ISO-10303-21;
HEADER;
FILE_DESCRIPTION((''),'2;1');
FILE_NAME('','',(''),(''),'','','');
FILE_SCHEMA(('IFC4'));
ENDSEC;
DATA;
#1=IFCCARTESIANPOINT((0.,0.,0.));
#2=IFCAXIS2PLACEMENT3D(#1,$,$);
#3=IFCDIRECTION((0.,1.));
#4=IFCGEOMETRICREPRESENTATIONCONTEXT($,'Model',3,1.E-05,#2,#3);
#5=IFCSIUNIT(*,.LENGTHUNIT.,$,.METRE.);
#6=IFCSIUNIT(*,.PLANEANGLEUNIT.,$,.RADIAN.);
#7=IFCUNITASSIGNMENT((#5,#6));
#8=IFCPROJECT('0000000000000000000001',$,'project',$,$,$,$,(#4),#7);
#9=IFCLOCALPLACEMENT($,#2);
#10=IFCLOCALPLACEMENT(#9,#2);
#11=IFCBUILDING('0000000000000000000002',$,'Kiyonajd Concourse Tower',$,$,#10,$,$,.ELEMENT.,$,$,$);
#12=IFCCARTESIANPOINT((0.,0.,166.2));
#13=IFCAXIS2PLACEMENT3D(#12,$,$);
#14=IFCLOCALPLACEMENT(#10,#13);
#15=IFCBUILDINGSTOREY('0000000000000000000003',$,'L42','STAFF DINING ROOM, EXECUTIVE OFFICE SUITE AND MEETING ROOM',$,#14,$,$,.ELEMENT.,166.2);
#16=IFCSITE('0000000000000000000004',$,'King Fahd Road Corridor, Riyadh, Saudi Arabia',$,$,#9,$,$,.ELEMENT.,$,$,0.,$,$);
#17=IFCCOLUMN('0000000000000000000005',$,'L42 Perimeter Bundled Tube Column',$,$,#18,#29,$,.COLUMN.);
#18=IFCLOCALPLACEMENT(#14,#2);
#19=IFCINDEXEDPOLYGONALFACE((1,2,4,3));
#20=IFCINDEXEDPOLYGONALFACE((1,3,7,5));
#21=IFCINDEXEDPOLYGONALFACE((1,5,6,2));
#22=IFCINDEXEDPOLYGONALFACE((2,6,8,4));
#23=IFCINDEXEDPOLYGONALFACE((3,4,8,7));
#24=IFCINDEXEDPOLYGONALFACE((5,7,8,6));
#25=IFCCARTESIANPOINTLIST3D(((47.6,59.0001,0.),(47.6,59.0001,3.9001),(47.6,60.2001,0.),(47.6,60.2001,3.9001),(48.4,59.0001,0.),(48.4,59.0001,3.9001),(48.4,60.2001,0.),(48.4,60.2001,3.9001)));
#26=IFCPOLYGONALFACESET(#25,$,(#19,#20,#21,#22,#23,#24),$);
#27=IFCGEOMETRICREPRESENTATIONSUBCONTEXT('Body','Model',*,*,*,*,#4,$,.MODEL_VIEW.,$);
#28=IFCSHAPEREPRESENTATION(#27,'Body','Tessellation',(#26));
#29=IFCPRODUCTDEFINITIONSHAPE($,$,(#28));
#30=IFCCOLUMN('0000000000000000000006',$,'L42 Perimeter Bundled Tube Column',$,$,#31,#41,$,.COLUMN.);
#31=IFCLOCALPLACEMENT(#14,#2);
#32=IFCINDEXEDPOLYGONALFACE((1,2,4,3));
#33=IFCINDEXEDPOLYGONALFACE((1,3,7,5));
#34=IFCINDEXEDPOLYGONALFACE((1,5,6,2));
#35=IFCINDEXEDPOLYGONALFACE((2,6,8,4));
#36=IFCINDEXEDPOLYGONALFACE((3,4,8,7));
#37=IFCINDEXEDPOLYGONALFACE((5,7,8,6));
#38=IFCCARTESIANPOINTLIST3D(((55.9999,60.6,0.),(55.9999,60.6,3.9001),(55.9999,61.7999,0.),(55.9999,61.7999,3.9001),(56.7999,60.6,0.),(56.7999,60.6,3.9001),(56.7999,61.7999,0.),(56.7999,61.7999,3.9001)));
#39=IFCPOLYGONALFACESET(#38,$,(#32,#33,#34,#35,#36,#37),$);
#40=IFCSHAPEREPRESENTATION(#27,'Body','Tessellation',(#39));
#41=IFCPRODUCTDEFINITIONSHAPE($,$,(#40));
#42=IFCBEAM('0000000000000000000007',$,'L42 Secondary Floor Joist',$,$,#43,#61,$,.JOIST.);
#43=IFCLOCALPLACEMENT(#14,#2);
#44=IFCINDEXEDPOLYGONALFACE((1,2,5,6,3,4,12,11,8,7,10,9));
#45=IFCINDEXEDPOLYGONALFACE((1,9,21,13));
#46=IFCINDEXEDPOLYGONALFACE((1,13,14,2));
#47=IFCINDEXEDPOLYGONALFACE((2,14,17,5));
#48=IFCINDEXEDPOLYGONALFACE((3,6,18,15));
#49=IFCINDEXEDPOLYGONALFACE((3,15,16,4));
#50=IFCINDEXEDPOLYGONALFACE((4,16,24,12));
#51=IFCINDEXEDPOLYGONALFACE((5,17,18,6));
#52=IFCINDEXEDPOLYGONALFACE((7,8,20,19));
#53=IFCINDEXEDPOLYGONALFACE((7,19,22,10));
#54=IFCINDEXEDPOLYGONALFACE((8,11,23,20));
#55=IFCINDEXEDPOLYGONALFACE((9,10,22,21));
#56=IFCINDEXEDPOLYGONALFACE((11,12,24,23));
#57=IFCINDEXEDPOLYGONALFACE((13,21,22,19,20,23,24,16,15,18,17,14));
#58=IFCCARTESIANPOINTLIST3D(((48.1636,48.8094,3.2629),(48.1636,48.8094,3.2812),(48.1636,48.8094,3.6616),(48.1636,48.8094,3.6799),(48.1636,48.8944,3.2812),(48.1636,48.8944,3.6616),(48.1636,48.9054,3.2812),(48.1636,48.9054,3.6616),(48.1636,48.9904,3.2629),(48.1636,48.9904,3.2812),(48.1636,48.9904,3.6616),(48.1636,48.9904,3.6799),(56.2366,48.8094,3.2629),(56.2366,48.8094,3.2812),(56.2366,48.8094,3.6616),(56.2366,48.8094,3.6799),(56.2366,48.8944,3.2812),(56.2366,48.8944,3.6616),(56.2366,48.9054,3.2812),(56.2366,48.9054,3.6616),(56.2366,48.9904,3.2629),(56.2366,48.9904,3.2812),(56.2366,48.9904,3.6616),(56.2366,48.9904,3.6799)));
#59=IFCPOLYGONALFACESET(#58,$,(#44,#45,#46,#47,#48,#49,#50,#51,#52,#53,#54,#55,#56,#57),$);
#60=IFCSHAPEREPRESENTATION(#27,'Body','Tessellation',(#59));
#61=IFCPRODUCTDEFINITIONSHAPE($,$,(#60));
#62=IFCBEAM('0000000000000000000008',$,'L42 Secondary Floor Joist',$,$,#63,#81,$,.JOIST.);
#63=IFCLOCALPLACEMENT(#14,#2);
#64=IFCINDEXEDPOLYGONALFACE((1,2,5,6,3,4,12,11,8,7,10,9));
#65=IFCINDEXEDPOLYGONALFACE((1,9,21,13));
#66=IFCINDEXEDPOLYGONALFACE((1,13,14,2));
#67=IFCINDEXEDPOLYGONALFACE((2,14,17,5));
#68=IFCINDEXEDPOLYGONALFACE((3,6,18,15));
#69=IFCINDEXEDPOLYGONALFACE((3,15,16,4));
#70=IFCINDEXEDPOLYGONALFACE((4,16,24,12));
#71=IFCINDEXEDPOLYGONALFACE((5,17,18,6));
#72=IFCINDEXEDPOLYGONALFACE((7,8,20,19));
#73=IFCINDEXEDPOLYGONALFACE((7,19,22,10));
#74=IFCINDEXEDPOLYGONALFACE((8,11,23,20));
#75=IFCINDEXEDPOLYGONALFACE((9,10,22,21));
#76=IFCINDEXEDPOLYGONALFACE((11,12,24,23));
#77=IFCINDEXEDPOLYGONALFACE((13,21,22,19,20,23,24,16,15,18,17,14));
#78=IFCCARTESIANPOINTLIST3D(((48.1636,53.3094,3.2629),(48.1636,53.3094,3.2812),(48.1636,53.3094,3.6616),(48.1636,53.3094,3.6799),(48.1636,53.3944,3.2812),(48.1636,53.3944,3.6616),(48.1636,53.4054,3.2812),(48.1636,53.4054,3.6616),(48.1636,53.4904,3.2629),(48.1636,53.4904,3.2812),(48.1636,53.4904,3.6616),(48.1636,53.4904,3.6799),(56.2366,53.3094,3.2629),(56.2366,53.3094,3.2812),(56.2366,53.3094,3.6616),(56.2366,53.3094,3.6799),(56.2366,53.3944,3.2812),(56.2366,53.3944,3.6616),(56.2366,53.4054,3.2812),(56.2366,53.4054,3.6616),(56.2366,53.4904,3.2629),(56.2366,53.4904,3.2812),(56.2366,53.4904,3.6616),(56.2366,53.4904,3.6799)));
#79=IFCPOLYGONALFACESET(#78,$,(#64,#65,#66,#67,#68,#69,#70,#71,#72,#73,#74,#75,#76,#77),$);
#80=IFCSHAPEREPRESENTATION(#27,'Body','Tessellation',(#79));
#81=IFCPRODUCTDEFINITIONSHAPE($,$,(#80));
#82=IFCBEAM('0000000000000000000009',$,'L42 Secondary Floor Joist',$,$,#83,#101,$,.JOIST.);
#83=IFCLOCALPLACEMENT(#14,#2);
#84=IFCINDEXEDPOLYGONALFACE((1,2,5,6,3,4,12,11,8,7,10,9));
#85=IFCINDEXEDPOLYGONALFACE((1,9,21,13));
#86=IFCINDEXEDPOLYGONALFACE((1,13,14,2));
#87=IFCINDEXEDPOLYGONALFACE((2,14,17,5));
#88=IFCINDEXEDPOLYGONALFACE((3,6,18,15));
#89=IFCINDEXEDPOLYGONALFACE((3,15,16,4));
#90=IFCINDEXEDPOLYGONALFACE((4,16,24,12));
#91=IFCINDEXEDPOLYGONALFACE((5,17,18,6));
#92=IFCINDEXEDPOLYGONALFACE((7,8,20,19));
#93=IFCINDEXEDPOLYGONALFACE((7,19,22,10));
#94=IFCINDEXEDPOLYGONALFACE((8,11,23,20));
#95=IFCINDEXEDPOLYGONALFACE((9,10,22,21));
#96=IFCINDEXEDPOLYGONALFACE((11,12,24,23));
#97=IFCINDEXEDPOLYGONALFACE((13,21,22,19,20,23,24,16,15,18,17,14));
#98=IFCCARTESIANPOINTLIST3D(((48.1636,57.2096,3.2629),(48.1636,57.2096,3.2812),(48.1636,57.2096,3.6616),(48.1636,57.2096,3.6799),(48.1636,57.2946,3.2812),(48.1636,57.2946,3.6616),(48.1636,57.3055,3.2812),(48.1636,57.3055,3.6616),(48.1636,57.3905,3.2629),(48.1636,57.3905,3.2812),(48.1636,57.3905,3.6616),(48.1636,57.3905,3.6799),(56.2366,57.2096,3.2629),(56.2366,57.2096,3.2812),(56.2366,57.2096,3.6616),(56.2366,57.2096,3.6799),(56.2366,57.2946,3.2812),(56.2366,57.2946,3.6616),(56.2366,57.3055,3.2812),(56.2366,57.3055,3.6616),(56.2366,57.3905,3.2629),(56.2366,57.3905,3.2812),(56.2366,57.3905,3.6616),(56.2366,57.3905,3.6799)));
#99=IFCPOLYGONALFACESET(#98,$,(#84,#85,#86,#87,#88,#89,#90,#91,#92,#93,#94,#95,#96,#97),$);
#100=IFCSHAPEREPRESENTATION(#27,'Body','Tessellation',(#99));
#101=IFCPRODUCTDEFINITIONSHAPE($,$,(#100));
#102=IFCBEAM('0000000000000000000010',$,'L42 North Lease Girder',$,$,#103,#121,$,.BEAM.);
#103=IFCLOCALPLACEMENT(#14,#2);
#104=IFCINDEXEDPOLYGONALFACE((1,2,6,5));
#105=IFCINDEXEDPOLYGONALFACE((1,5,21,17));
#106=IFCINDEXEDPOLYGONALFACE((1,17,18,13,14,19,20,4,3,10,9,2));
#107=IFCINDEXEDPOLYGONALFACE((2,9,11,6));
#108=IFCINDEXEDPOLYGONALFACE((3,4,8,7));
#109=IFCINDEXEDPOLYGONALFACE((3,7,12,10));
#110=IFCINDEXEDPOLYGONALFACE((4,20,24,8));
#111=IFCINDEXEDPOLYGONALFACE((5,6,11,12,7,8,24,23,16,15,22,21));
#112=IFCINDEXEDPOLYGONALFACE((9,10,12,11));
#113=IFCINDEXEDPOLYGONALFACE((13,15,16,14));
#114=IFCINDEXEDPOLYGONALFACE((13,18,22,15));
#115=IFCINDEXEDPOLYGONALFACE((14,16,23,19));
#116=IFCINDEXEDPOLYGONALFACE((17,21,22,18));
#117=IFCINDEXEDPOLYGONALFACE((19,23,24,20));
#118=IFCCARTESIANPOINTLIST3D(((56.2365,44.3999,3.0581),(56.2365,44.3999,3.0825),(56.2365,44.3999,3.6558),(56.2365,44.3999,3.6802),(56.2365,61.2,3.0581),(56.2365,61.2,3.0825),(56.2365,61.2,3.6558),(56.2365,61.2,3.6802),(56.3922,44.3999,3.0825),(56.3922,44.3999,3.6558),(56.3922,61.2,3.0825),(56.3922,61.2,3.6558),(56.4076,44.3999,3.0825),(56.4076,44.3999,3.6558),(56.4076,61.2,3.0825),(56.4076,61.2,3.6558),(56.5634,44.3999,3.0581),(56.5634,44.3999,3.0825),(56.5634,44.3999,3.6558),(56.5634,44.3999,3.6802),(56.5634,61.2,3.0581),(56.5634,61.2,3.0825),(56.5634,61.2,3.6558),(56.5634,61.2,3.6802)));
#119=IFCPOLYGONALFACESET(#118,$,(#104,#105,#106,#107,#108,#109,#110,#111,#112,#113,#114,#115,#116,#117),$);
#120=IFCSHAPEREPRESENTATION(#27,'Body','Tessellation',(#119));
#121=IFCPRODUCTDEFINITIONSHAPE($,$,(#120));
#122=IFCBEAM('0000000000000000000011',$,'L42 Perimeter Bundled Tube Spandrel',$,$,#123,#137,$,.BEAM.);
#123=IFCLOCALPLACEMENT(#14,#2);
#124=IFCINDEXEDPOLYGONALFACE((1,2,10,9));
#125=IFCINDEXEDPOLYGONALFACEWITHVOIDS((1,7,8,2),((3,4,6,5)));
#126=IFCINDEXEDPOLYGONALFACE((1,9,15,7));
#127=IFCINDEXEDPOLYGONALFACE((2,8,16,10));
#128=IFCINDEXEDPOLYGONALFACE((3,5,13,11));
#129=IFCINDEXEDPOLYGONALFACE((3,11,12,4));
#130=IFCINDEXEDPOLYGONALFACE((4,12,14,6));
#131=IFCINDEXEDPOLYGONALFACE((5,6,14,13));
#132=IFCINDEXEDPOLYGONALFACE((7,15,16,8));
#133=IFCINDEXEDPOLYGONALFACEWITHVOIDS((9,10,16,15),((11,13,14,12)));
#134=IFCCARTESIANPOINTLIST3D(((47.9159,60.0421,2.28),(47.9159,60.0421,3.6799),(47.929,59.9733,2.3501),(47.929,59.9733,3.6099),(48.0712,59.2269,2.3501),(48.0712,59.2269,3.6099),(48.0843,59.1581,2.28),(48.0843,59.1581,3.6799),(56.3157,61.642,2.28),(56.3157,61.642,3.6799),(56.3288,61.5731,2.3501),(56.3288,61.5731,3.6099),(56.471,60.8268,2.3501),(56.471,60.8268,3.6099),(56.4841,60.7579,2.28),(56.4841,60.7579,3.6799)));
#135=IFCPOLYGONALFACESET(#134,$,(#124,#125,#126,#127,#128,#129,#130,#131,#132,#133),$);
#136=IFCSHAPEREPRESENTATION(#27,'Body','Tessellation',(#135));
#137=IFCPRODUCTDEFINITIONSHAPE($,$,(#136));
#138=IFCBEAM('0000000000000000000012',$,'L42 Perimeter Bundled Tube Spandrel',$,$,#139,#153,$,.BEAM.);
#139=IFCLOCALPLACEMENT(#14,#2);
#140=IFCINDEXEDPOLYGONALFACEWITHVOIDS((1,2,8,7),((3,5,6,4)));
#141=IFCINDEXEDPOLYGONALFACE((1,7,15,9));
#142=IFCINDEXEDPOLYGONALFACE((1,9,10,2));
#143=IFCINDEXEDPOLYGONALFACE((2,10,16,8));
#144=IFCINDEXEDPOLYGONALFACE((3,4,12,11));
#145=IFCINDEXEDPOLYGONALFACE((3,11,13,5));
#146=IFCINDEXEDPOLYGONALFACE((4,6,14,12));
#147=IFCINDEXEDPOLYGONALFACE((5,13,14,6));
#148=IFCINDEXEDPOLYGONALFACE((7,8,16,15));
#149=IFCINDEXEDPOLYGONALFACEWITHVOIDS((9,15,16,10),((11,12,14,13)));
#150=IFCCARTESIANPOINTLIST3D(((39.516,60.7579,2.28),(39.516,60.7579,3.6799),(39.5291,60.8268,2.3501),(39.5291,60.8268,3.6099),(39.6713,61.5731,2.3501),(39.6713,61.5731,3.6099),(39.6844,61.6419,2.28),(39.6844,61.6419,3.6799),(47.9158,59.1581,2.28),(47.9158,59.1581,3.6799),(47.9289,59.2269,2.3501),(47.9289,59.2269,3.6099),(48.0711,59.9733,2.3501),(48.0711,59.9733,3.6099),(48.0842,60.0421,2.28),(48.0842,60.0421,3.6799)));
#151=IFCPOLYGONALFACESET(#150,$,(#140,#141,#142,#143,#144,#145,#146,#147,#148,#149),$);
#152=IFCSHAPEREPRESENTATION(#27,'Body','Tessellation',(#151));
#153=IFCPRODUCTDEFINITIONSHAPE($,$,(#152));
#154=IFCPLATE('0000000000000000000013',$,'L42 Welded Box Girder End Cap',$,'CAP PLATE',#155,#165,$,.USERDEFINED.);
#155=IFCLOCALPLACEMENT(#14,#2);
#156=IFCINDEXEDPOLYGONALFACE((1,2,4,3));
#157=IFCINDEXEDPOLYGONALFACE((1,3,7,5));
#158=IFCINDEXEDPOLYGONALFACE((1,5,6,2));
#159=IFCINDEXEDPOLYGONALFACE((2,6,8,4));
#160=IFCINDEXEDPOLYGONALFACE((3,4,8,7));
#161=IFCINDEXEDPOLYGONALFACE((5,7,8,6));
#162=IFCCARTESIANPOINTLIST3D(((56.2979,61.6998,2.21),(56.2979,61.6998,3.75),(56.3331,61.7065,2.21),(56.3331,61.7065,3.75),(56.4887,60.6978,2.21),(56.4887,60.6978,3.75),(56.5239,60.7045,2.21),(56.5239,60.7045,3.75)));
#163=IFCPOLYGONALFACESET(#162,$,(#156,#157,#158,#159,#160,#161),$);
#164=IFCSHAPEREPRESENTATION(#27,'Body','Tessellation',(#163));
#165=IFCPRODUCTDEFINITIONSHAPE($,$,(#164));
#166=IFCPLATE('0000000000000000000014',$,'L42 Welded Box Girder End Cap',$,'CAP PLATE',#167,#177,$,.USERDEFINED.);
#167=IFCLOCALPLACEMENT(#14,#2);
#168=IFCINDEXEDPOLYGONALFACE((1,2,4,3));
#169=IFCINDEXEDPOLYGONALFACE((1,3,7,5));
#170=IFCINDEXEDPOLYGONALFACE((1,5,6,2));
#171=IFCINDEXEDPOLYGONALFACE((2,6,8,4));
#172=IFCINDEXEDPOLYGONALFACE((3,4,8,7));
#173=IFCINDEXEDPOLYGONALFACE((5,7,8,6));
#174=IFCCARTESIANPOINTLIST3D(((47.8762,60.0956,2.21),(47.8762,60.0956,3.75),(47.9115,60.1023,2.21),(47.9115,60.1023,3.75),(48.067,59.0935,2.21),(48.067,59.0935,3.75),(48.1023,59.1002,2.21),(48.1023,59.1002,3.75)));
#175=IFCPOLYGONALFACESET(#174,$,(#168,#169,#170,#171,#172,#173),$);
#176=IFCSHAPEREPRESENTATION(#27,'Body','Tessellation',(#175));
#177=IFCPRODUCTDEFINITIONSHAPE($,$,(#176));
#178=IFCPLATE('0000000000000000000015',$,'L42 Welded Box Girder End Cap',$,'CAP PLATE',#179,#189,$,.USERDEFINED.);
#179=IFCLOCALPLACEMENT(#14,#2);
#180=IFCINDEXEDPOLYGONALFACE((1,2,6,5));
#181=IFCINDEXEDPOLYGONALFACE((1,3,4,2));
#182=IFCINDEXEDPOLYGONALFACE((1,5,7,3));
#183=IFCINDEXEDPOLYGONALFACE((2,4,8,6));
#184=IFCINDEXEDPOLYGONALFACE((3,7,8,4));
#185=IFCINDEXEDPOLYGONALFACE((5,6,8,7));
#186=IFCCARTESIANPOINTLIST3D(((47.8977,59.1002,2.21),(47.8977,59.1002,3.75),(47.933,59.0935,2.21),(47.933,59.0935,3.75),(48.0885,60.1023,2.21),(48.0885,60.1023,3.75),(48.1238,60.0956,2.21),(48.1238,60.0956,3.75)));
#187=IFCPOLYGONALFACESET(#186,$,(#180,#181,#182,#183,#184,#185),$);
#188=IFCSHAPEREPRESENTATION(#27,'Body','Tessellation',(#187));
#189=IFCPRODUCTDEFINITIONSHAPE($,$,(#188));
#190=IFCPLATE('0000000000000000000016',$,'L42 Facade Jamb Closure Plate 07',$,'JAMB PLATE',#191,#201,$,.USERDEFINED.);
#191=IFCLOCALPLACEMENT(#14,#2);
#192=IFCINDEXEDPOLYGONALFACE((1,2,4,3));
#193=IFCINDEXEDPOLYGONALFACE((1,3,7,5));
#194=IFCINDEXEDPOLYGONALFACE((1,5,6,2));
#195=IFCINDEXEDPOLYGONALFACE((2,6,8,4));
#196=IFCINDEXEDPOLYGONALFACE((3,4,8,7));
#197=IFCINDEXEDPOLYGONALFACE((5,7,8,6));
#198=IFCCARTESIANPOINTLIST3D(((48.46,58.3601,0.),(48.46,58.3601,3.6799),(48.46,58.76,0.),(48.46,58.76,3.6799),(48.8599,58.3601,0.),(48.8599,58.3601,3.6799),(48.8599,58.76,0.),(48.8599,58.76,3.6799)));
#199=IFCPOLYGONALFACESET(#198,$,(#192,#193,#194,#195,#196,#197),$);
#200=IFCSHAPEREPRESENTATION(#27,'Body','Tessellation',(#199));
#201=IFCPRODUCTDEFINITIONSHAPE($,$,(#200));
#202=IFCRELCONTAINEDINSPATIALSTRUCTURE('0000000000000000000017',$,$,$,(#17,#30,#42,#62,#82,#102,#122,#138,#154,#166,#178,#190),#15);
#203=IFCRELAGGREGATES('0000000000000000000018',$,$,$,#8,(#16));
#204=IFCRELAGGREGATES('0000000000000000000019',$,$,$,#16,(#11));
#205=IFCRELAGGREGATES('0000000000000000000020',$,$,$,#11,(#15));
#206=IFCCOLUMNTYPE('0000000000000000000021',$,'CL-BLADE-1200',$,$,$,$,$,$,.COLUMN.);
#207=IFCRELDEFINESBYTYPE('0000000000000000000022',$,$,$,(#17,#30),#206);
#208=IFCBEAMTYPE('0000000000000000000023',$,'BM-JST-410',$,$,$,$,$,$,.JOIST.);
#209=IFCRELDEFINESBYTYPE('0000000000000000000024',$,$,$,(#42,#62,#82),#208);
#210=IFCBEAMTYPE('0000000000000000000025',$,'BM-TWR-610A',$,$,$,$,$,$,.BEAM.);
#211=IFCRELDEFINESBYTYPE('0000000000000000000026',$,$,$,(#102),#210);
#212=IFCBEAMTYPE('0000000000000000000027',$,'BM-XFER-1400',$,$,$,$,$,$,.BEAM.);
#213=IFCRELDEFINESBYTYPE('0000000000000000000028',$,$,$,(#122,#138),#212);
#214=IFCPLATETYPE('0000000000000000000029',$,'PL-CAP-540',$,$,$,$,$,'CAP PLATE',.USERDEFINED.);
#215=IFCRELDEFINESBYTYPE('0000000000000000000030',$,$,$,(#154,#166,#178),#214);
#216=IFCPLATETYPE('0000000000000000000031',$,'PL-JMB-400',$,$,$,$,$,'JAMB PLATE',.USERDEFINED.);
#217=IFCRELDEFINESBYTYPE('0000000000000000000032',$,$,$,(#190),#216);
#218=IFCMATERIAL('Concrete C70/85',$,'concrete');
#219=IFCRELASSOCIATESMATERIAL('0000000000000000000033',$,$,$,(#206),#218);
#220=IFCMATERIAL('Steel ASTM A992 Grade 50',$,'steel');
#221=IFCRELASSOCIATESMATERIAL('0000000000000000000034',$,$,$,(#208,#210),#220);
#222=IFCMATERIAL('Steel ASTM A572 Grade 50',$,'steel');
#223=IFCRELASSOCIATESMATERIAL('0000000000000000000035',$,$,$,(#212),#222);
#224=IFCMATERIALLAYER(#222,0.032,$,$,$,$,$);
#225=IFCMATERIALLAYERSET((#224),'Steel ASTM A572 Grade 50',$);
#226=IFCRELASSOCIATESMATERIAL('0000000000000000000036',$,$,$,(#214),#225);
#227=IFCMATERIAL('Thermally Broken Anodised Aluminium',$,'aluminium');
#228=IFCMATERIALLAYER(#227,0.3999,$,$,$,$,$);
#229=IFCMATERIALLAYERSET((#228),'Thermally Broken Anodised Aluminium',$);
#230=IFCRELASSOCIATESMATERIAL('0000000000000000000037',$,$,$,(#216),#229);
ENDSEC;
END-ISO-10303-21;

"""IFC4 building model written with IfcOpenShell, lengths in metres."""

from ifc_helpers import new_model, si_unit, direction, frame, origin, origin_2d, place, context, subcontext, project, spatial, rectangle, hollow_rectangle, i_section, extrude, material, layer, layer_set, material_profile, profile_set, type_object, element, save


model = new_model("IFC4")

# Units and contexts
model_context = context("Model", 3, precision=1e-05, world=origin(), true_north=direction((0.0, 1.0)))
body_context = subcontext(model_context, "Body", "Model", "MODEL_VIEW")
ifc_project = project(units=[si_unit("LENGTHUNIT", "METRE"), si_unit("PLANEANGLEUNIT", "RADIAN")], contexts=[model_context])

# Site, building, storey
site_placement = place(None, origin())
site = spatial("IfcSite", under=ifc_project, at=site_placement, Name="King Fahd Road Corridor, Riyadh, Saudi Arabia", CompositionType="ELEMENT", RefElevation=0.0)
building_placement = place(site_placement, origin())
building = spatial("IfcBuilding", under=site, at=building_placement, Name="Kiyonajd Concourse Tower", CompositionType="ELEMENT")
storey_placement = place(building_placement, frame((0.0, 0.0, 166.2)))
storey = spatial("IfcBuildingStorey", under=building, at=storey_placement, Name="L42", Description="STAFF DINING ROOM, EXECUTIVE OFFICE SUITE AND MEETING ROOM", CompositionType="ELEMENT", Elevation=166.2)

# Columns
ifc_material_1 = material(Name="Concrete C70/85", Category="concrete")
ifc_material_profile_1 = material_profile(ifc_material_1, rectangle(XDim=0.8, YDim=1.2, at=origin_2d()), Name="RC-1200x800")
ifc_profile_set_1 = profile_set([ifc_material_profile_1], Name="Concrete C70/85")
column_type = type_object("IfcColumnType", Name="CL-BLADE-1200", PredefinedType="COLUMN", material=ifc_profile_set_1)
for number, where, z_axis, x_axis, name in (
    (1, (48.0, 59.6001, 0.0), (0.0, 0.0, 1.0), (1.0, 0.0, 0.0), "L42 Perimeter Bundled Tube Column"),
    (2, (56.3999, 61.2, 0.0), (0.0, 0.0, 1.0), (1.0, 0.0, 0.0), "L42 Perimeter Bundled Tube Column"),
):
    element("IfcColumn", number, at=place(storey_placement, frame(where, z_axis=z_axis, x_axis=x_axis)), inside=storey, type_object=column_type, Name=name, PredefinedType="COLUMN", context=body_context, shape_type="SweptSolid", body=[
        extrude(rectangle(XDim=0.8, YDim=1.2, at=origin_2d()), origin(), (0.0, 0.0, 1.0), 3.9001),
    ])

# Beams
ifc_material_2 = material(Name="Steel ASTM A992 Grade 50", Category="steel")
ifc_material_profile_2 = material_profile(ifc_material_2, i_section(OverallWidth=0.1809, OverallDepth=0.417, WebThickness=0.011, FlangeThickness=0.0183, at=origin_2d()), Name="W410X85")
ifc_profile_set_2 = profile_set([ifc_material_profile_2], Name="Steel ASTM A992 Grade 50")
beam_type_1 = type_object("IfcBeamType", Name="BM-JST-410", PredefinedType="JOIST", material=ifc_profile_set_2)
for number, where, z_axis, x_axis, name in (
    (3, (48.1636, 48.8999, 3.4714), (1.0, 0.0, 0.0), (0.0, 1.0, 0.0), "L42 Secondary Floor Joist"),
    (4, (48.1636, 53.3999, 3.4714), (1.0, 0.0, 0.0), (0.0, 1.0, 0.0), "L42 Secondary Floor Joist"),
    (5, (48.1636, 57.3, 3.4714), (1.0, 0.0, 0.0), (0.0, 1.0, 0.0), "L42 Secondary Floor Joist"),
):
    element("IfcBeam", number, at=place(storey_placement, frame(where, z_axis=z_axis, x_axis=x_axis)), inside=storey, type_object=beam_type_1, Name=name, PredefinedType="JOIST", context=body_context, shape_type="SweptSolid", body=[
        extrude(i_section(OverallWidth=0.1809, OverallDepth=0.417, WebThickness=0.011, FlangeThickness=0.0183, at=origin_2d()), origin(), (0.0, 0.0, 1.0), 8.073),
    ])
ifc_material_profile_3 = material_profile(ifc_material_2, i_section(OverallWidth=0.3269, OverallDepth=0.6221, WebThickness=0.0154, FlangeThickness=0.0244, at=origin_2d()), Name="W610X195")
ifc_profile_set_3 = profile_set([ifc_material_profile_3], Name="Steel ASTM A992 Grade 50")
beam_type_2 = type_object("IfcBeamType", Name="BM-TWR-610A", PredefinedType="BEAM", material=ifc_profile_set_3)
beam_placement = place(storey_placement, frame((56.3999, 44.3999, 3.3691), z_axis=(0.0, 1.0, 0.0), x_axis=(-1.0, 0.0, 0.0)))
element("IfcBeam", 6, at=beam_placement, inside=storey, type_object=beam_type_2, Name="L42 North Lease Girder", PredefinedType="BEAM", context=body_context, shape_type="SweptSolid", body=[
    extrude(i_section(OverallWidth=0.3269, OverallDepth=0.6221, WebThickness=0.0154, FlangeThickness=0.0244, at=origin_2d()), origin(), (0.0, 0.0, 1.0), 16.8),
])
ifc_material_3 = material(Name="Steel ASTM A572 Grade 50", Category="steel")
ifc_material_profile_4 = material_profile(ifc_material_3, hollow_rectangle(XDim=0.8999, YDim=1.3999, WallThickness=0.0701, at=origin_2d()), Name="BOX-1400x900x70")
ifc_profile_set_4 = profile_set([ifc_material_profile_4], Name="Steel ASTM A572 Grade 50")
beam_type_3 = type_object("IfcBeamType", Name="BM-XFER-1400", PredefinedType="BEAM", material=ifc_profile_set_4)
for number, where, z_axis, x_axis, name in (
    (7, (56.3999, 61.2, 2.98), (-0.982341, -0.187098, 0.0), (0.187098, -0.982341, 0.0), "L42 Perimeter Bundled Tube Spandrel"),
    (8, (48.0, 59.6001, 2.98), (-0.982341, 0.187098, 0.0), (-0.187098, -0.982341, 0.0), "L42 Perimeter Bundled Tube Spandrel"),
):
    element("IfcBeam", number, at=place(storey_placement, frame(where, z_axis=z_axis, x_axis=x_axis)), inside=storey, type_object=beam_type_3, Name=name, PredefinedType="BEAM", context=body_context, shape_type="SweptSolid", body=[
        extrude(hollow_rectangle(XDim=0.8999, YDim=1.3999, WallThickness=0.0701, at=origin_2d()), origin(), (0.0, 0.0, 1.0), 8.5508),
    ])

# Plates
ifc_layer_1 = layer(ifc_material_3, 0.032)
ifc_layer_set_1 = layer_set([ifc_layer_1], Name="Steel ASTM A572 Grade 50")
plate_type_1 = type_object("IfcPlateType", Name="PL-CAP-540", ElementType="CAP PLATE", PredefinedType="USERDEFINED", material=ifc_layer_set_1)
for number, where, z_axis, x_axis, name in (
    (9, (56.4109, 61.2021, 2.21), (0.0, 0.0, 1.0), (0.982353, 0.187038, 0.0), "L42 Welded Box Girder End Cap"),
    (10, (47.9893, 59.5979, 2.21), (0.0, 0.0, 1.0), (-0.982353, -0.187038, 0.0), "L42 Welded Box Girder End Cap"),
    (11, (48.0107, 59.5979, 2.21), (0.0, 0.0, 1.0), (0.982353, -0.187038, 0.0), "L42 Welded Box Girder End Cap"),
):
    element("IfcPlate", number, at=place(storey_placement, frame(where, z_axis=z_axis, x_axis=x_axis)), inside=storey, type_object=plate_type_1, Name=name, ObjectType="CAP PLATE", PredefinedType="USERDEFINED", context=body_context, shape_type="SweptSolid", body=[
        extrude(rectangle(XDim=0.0359, YDim=1.02, at=origin_2d()), origin(), (0.0, 0.0, 1.0), 1.54),
    ])
ifc_material_4 = material(Name="Thermally Broken Anodised Aluminium", Category="aluminium")
ifc_layer_2 = layer(ifc_material_4, 0.3999)
ifc_layer_set_2 = layer_set([ifc_layer_2], Name="Thermally Broken Anodised Aluminium")
plate_type_2 = type_object("IfcPlateType", Name="PL-JMB-400", ElementType="JAMB PLATE", PredefinedType="USERDEFINED", material=ifc_layer_set_2)
for number, where, z_axis, x_axis, name in (
    (12, (48.6599, 58.5601, 0.0), (0.0, 0.0, 1.0), (1.0, 0.0, 0.0), "L42 Facade Jamb Closure Plate 07"),
):
    element("IfcPlate", number, at=place(storey_placement, frame(where, z_axis=z_axis, x_axis=x_axis)), inside=storey, type_object=plate_type_2, Name=name, ObjectType="JAMB PLATE", PredefinedType="USERDEFINED", context=body_context, shape_type="SweptSolid", body=[
        extrude(rectangle(XDim=0.3999, YDim=0.3999, at=origin_2d()), origin(), (0.0, 0.0, 1.0), 3.6799),
    ])

save(model, "model.ifc")
